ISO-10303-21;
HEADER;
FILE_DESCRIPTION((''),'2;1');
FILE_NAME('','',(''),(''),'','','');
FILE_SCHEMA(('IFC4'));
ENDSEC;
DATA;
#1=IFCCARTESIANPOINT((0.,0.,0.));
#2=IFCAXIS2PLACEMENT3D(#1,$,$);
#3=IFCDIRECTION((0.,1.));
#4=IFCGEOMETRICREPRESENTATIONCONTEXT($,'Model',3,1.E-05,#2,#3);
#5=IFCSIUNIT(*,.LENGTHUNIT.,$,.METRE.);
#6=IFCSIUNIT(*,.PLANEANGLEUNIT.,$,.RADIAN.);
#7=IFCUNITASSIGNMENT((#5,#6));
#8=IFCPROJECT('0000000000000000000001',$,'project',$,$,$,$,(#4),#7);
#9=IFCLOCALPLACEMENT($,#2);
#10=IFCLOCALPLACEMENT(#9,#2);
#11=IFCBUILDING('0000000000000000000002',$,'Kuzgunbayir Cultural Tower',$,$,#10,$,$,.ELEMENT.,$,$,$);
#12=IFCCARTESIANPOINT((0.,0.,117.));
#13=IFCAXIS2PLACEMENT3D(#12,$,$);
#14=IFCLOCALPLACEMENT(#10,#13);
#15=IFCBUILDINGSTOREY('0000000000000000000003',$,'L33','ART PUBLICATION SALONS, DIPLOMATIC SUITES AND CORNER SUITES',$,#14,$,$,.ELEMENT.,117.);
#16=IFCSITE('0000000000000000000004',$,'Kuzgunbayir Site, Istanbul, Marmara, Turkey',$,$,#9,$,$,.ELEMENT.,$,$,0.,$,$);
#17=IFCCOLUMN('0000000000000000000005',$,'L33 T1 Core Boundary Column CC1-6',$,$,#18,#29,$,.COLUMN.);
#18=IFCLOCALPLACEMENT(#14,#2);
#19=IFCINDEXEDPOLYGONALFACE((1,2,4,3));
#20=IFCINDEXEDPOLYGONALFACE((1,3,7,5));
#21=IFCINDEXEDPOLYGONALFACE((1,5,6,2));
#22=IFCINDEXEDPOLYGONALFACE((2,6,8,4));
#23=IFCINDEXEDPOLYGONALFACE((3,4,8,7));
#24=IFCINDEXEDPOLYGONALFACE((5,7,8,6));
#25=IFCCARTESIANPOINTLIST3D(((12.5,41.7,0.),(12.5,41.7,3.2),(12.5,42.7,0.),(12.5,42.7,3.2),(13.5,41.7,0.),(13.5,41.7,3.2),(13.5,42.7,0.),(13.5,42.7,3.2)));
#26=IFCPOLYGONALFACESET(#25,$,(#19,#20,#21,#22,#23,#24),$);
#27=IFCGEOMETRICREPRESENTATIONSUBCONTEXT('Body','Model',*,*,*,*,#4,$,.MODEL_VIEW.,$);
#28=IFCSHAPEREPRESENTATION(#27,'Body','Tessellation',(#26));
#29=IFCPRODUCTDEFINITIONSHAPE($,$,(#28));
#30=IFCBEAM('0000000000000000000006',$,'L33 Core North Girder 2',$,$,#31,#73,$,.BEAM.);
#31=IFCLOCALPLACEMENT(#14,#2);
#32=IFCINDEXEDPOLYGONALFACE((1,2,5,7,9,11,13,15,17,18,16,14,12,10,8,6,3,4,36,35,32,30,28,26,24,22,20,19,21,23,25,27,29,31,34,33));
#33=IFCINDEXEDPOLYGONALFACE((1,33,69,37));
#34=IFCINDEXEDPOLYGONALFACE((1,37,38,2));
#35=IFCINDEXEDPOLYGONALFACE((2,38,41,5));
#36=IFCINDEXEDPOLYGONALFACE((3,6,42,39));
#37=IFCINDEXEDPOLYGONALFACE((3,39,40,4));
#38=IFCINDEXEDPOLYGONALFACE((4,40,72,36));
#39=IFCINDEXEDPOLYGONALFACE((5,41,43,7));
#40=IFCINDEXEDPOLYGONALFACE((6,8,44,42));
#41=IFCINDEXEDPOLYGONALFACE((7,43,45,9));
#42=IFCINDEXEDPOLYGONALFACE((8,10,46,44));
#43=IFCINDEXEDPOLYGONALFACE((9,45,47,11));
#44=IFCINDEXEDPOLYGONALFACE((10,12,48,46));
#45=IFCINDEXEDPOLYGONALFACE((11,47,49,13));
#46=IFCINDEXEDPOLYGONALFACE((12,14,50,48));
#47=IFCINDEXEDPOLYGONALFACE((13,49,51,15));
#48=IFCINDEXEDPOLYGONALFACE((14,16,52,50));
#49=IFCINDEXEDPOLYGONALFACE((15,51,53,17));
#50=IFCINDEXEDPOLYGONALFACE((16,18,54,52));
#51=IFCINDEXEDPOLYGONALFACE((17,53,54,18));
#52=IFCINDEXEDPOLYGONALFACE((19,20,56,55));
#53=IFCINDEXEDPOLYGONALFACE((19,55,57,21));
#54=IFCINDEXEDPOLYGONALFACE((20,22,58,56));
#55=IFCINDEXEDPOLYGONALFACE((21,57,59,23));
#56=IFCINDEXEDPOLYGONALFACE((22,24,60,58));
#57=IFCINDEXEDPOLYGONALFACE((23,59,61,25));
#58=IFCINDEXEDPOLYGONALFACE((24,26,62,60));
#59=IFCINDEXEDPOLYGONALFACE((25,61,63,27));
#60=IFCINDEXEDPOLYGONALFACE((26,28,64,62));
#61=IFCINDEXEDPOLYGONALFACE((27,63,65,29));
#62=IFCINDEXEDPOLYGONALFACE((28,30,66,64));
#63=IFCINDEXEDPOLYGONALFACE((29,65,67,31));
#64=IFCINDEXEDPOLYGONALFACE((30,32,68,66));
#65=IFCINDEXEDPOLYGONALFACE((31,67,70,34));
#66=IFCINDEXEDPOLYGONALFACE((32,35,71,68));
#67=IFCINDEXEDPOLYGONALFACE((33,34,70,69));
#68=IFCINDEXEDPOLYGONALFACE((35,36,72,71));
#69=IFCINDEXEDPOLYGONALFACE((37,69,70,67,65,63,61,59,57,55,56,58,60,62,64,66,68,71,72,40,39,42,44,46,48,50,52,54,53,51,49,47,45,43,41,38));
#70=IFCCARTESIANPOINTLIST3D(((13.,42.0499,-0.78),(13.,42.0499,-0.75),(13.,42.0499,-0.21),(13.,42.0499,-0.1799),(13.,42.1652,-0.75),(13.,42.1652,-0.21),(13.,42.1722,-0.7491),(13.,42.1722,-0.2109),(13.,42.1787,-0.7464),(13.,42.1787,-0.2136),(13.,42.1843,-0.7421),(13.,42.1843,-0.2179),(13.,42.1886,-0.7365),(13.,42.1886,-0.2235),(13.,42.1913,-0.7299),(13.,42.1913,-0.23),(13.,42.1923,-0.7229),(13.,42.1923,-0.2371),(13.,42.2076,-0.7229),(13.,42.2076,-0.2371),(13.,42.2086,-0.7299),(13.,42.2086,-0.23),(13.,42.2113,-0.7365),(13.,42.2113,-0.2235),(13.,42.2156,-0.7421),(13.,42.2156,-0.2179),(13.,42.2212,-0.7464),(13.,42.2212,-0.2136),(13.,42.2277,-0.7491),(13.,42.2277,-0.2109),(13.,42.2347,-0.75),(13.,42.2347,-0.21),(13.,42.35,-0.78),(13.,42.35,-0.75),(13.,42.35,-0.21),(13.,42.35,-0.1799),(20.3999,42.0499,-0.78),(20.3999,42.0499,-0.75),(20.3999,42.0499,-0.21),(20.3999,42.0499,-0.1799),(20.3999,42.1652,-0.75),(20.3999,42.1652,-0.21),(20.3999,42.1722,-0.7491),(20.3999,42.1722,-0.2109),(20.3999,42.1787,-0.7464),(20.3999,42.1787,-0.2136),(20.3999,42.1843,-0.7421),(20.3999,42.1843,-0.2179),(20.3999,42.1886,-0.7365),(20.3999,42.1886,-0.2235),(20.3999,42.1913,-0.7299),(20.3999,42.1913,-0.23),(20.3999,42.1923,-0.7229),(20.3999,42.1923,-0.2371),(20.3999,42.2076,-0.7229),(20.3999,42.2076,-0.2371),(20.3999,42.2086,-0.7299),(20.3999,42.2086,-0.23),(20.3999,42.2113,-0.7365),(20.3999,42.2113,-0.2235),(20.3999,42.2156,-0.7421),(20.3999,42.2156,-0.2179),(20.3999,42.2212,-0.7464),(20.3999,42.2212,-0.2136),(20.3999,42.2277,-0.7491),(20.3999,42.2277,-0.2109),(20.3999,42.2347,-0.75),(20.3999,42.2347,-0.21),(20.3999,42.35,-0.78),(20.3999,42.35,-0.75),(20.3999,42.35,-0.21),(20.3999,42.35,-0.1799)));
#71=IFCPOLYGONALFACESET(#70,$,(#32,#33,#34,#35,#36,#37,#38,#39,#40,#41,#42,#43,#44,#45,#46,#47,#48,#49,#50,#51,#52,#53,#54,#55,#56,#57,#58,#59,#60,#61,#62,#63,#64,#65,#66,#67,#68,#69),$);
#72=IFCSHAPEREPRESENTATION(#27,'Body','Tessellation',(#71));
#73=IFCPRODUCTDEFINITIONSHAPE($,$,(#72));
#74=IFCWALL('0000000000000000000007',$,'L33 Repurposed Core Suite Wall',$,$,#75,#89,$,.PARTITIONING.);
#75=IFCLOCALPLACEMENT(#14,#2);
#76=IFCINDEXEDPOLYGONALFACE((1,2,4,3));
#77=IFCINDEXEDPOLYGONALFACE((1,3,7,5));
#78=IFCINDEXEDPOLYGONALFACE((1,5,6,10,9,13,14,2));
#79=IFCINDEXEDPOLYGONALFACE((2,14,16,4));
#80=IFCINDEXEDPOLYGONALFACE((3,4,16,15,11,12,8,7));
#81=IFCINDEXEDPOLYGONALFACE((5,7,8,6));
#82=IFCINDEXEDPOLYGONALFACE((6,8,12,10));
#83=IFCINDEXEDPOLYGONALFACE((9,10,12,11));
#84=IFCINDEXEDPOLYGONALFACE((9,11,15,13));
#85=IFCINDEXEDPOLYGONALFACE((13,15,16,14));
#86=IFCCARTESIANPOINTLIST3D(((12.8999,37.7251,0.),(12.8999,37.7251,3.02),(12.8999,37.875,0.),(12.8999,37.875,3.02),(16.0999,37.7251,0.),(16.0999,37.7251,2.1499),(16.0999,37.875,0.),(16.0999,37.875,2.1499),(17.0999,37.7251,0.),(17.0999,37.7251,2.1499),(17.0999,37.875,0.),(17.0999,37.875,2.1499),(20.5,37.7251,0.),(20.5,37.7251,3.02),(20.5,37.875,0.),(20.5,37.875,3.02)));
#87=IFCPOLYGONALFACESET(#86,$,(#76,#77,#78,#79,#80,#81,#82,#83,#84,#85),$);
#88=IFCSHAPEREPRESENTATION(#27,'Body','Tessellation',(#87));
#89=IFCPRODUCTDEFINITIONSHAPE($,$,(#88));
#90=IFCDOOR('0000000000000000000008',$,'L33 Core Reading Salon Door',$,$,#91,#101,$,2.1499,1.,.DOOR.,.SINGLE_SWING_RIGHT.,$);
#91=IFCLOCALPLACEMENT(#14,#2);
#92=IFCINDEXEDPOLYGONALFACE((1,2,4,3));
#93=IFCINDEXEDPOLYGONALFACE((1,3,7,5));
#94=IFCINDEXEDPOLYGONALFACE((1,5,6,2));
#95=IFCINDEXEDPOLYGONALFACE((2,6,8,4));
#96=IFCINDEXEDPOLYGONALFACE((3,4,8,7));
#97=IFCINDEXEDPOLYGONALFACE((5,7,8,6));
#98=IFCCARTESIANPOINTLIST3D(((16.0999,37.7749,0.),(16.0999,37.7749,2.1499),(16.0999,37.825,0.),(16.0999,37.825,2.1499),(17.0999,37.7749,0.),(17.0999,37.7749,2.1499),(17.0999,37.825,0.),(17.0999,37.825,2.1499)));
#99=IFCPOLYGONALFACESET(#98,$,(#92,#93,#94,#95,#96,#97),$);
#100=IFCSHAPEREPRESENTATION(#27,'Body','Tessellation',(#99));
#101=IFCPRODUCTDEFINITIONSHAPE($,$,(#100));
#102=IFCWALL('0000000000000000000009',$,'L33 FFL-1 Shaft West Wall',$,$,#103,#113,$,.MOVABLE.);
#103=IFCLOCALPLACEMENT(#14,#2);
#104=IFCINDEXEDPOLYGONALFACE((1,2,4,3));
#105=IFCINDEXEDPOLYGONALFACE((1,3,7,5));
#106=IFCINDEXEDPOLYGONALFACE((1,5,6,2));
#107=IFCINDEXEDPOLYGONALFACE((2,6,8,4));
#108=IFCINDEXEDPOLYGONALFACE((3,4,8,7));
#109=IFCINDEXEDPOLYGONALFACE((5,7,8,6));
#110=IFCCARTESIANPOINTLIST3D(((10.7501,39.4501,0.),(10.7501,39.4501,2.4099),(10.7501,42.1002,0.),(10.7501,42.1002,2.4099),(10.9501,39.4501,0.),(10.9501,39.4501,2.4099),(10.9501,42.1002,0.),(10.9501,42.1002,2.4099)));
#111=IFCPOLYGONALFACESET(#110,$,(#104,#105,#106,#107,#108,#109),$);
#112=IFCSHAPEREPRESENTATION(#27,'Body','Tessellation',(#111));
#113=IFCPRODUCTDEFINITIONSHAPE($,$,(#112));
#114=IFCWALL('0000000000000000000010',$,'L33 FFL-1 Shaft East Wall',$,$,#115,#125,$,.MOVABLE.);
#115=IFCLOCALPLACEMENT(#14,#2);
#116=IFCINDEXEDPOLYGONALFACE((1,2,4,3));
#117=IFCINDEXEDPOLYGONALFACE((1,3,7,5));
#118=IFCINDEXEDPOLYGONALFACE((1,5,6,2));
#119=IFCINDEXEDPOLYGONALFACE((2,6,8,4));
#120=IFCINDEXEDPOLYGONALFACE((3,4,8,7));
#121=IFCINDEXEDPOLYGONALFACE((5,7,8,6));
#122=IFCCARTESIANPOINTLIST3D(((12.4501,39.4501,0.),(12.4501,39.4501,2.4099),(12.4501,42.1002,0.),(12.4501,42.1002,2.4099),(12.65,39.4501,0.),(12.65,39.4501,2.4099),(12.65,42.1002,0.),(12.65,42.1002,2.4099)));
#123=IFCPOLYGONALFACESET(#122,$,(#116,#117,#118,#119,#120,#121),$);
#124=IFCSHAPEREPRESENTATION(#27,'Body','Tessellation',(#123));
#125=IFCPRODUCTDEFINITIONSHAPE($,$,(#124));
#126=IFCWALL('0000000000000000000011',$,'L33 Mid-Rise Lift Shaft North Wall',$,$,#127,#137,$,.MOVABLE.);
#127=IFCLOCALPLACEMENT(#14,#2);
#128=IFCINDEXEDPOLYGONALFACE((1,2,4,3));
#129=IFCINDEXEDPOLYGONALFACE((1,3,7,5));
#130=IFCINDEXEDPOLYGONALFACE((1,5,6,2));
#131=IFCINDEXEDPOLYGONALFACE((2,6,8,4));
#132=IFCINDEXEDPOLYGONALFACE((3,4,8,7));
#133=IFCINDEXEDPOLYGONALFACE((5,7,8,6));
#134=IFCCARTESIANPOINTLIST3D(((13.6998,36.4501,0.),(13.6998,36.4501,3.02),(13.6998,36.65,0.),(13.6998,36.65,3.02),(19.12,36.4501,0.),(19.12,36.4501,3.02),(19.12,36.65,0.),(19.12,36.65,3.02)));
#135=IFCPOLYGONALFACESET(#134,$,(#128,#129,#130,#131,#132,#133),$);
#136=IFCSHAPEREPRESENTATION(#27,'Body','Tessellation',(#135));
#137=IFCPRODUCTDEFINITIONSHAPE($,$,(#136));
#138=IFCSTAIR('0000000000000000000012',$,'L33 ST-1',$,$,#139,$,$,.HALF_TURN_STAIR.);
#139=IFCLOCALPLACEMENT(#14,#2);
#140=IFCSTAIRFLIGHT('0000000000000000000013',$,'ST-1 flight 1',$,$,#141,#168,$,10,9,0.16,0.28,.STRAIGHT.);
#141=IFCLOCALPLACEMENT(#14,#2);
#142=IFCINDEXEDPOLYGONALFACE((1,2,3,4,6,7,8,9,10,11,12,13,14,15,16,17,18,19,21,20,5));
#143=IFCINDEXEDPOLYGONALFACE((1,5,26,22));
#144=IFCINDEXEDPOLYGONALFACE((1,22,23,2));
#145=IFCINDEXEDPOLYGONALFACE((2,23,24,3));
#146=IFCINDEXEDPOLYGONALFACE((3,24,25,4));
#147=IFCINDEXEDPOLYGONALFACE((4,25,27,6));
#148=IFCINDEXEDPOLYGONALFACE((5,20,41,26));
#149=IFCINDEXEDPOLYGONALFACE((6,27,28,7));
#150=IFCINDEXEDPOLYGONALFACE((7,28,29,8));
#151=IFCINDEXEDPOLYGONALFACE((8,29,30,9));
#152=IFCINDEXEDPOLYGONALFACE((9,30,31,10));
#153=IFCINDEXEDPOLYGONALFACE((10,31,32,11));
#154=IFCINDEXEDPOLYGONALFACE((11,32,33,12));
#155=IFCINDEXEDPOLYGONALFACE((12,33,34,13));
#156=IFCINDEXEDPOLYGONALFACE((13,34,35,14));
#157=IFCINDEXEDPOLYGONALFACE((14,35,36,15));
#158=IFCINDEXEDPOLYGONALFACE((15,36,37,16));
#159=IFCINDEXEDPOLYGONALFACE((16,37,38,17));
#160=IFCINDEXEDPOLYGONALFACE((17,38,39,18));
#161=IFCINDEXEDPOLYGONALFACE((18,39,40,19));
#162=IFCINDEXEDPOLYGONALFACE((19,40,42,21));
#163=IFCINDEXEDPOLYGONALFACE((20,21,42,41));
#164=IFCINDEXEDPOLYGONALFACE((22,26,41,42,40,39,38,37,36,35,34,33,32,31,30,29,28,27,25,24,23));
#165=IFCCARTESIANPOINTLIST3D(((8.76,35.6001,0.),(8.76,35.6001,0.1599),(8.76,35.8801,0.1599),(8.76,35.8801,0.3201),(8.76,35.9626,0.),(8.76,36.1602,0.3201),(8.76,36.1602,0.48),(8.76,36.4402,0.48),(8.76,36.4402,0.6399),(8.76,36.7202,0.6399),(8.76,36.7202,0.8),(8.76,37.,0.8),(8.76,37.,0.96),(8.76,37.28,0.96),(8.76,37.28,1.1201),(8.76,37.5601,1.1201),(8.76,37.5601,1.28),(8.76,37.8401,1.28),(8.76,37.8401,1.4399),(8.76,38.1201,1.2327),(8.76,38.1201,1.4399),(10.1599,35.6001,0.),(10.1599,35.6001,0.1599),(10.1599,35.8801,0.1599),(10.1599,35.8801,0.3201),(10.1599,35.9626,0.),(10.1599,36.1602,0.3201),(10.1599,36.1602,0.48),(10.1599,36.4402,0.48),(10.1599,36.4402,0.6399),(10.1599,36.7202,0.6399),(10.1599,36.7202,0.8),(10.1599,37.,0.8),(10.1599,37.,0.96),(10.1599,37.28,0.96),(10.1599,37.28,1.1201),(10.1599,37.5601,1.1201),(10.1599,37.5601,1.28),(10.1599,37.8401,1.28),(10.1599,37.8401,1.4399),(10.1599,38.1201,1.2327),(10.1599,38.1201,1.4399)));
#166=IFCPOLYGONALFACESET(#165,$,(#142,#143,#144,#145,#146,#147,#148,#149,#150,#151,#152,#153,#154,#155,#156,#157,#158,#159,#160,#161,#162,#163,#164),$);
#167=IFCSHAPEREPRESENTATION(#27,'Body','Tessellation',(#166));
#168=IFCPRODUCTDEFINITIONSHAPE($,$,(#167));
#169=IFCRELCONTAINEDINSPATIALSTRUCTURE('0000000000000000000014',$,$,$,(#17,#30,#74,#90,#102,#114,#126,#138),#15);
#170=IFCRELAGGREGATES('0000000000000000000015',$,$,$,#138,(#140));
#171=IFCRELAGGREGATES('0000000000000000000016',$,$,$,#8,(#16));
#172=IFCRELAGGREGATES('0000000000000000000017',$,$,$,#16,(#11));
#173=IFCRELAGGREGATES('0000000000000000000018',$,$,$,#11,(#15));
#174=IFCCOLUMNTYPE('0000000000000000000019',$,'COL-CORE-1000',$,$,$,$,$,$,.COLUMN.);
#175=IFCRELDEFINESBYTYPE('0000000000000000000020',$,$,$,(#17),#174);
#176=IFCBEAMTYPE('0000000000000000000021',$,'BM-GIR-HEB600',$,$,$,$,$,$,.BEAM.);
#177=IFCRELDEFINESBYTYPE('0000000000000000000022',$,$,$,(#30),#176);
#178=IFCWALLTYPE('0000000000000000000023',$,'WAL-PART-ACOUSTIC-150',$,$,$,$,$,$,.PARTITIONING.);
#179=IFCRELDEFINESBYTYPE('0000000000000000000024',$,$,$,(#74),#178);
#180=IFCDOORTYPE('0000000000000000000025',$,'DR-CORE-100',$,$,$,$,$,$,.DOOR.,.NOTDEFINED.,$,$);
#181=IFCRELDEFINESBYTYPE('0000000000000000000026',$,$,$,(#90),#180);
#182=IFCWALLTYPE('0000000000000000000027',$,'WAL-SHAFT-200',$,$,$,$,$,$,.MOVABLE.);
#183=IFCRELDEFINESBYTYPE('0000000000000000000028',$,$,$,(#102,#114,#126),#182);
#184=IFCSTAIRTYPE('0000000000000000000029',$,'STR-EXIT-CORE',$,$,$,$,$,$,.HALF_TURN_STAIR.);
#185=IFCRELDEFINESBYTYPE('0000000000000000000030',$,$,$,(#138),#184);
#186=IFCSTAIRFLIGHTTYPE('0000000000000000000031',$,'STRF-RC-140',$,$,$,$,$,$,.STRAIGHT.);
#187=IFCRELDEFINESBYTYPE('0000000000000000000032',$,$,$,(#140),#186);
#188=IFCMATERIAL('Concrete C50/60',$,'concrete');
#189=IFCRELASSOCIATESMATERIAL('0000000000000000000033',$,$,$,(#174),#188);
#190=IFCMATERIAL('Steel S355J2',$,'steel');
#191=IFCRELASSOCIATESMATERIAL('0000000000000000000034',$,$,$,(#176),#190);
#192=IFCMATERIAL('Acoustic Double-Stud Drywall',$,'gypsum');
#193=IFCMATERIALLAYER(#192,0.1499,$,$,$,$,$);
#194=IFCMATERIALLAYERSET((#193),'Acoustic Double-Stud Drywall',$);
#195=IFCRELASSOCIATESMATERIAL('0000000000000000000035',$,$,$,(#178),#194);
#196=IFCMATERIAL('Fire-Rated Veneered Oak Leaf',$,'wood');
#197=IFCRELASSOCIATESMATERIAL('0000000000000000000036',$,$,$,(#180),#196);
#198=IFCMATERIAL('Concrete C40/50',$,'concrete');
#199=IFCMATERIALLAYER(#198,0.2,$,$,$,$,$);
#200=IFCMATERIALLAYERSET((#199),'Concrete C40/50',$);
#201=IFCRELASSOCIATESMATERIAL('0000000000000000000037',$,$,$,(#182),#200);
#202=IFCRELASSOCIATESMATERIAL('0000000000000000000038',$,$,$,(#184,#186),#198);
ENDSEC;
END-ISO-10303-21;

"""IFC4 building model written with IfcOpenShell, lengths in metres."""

from ifc_helpers import new_model, si_unit, direction, frame, frame_2d, origin, origin_2d, place, context, subcontext, project, spatial, polyline, rectangle, i_section, outline, extrude, material, layer, layer_set, material_profile, profile_set, type_object, element, fill, aggregate, save


model = new_model("IFC4")

# Units and contexts
model_context = context("Model", 3, precision=1e-05, world=origin(), true_north=direction((0.0, 1.0)))
body_context = subcontext(model_context, "Body", "Model", "MODEL_VIEW")
ifc_project = project(units=[si_unit("LENGTHUNIT", "METRE"), si_unit("PLANEANGLEUNIT", "RADIAN")], contexts=[model_context])

# Site, building, storey
site_placement = place(None, origin())
site = spatial("IfcSite", under=ifc_project, at=site_placement, Name="Kuzgunbayir Site, Istanbul, Marmara, Turkey", CompositionType="ELEMENT", RefElevation=0.0)
building_placement = place(site_placement, origin())
building = spatial("IfcBuilding", under=site, at=building_placement, Name="Kuzgunbayir Cultural Tower", CompositionType="ELEMENT")
storey_placement = place(building_placement, frame((0.0, 0.0, 117.0)))
storey = spatial("IfcBuildingStorey", under=building, at=storey_placement, Name="L33", Description="ART PUBLICATION SALONS, DIPLOMATIC SUITES AND CORNER SUITES", CompositionType="ELEMENT", Elevation=117.0)

# Column
ifc_material_1 = material(Name="Concrete C50/60", Category="concrete")
ifc_material_profile_1 = material_profile(ifc_material_1, rectangle(XDim=1.0, YDim=1.0, at=origin_2d()), Name="RC 1000x1000")
ifc_profile_set_1 = profile_set([ifc_material_profile_1], Name="Concrete C50/60")
column_type = type_object("IfcColumnType", Name="COL-CORE-1000", PredefinedType="COLUMN", material=ifc_profile_set_1)
column_placement = place(storey_placement, frame((13.0, 42.2, 0.0), z_axis=(0.0, 0.0, 1.0), x_axis=(1.0, 0.0, 0.0)))
element("IfcColumn", 1, at=column_placement, inside=storey, type_object=column_type, Name="L33 T1 Core Boundary Column CC1-6", PredefinedType="COLUMN", context=body_context, shape_type="SweptSolid", body=[
    extrude(rectangle(XDim=1.0, YDim=1.0, at=origin_2d()), origin(), (0.0, 0.0, 1.0), 3.2),
])

# Beam
ifc_material_2 = material(Name="Steel S355J2", Category="steel")
ifc_material_profile_2 = material_profile(ifc_material_2, i_section(OverallWidth=0.3, OverallDepth=0.6001, WebThickness=0.0154, FlangeThickness=0.03, FilletRadius=0.0271, at=origin_2d()), Name="HEB 600")
ifc_profile_set_2 = profile_set([ifc_material_profile_2], Name="Steel S355J2")
beam_type = type_object("IfcBeamType", Name="BM-GIR-HEB600", PredefinedType="BEAM", material=ifc_profile_set_2)
beam_placement = place(storey_placement, frame((13.0, 42.2, -0.48), z_axis=(1.0, 0.0, 0.0), x_axis=(0.0, 1.0, 0.0)))
element("IfcBeam", 2, at=beam_placement, inside=storey, type_object=beam_type, Name="L33 Core North Girder 2", PredefinedType="BEAM", context=body_context, shape_type="SweptSolid", body=[
    extrude(i_section(OverallWidth=0.3, OverallDepth=0.6001, WebThickness=0.0154, FlangeThickness=0.03, FilletRadius=0.0271, at=origin_2d()), origin(), (0.0, 0.0, 1.0), 7.3999),
])

# Wall, opening, door
ifc_material_3 = material(Name="Acoustic Double-Stud Drywall", Category="gypsum")
ifc_layer_1 = layer(ifc_material_3, 0.1499)
ifc_layer_set_1 = layer_set([ifc_layer_1], Name="Acoustic Double-Stud Drywall")
wall_type_1 = type_object("IfcWallType", Name="WAL-PART-ACOUSTIC-150", PredefinedType="PARTITIONING", material=ifc_layer_set_1)
wall_1_placement = place(storey_placement, frame((12.8999, 37.8, 0.0), z_axis=(0.0, 0.0, 1.0), x_axis=(1.0, 0.0, 0.0)))
wall_1 = element("IfcWall", 3, at=wall_1_placement, inside=storey, type_object=wall_type_1, Name="L33 Repurposed Core Suite Wall", PredefinedType="PARTITIONING", context=body_context, shape_type="SweptSolid", body=[
    extrude(rectangle(XDim=7.6001, YDim=0.1499, at=frame_2d((3.8, 0.0))), origin(), (0.0, 0.0, 1.0), 3.02),
])
opening_1_placement = place(wall_1_placement, frame((3.2, 0.0, 0.0)))
opening_1 = element("IfcOpeningElement", 4, at=opening_1_placement, cuts=wall_1, PredefinedType="OPENING", context=body_context, shape_type="SweptSolid", body=[
    extrude(rectangle(XDim=1.0, YDim=2.1499, at=frame_2d((0.5, 1.075))), frame((0.0, 0.085, 0.0), z_axis=(0.0, -1.0, 0.0), x_axis=(1.0, 0.0, 0.0)), (0.0, 0.0, 1.0), 0.1699),
])
ifc_material_4 = material(Name="Fire-Rated Veneered Oak Leaf", Category="wood")
door_type_1 = type_object("IfcDoorType", Name="DR-CORE-100", OperationType="NOTDEFINED", PredefinedType="DOOR", material=ifc_material_4)
door_1_placement = place(opening_1_placement, origin())
door_1 = element("IfcDoor", 5, at=door_1_placement, inside=storey, type_object=door_type_1, Name="L33 Core Reading Salon Door", OperationType="SINGLE_SWING_RIGHT", OverallHeight=2.1499, OverallWidth=1.0, PredefinedType="DOOR", context=body_context, shape_type="SweptSolid", body=[
    extrude(rectangle(XDim=1.0, YDim=2.1499, at=frame_2d((0.5, 1.075))), frame((0.0, 0.0249, 0.0), z_axis=(0.0, -1.0, 0.0), x_axis=(1.0, 0.0, 0.0)), (0.0, 0.0, 1.0), 0.05),
])
fill(opening_1, door_1)
ifc_material_5 = material(Name="Concrete C40/50", Category="concrete")
ifc_layer_2 = layer(ifc_material_5, 0.2)
ifc_layer_set_2 = layer_set([ifc_layer_2], Name="Concrete C40/50")
wall_type_2 = type_object("IfcWallType", Name="WAL-SHAFT-200", PredefinedType="MOVABLE", material=ifc_layer_set_2)

# Walls
for number, where, z_axis, x_axis, name in (
    (6, (10.8501, 39.45, 0.0), (0.0, 0.0, 1.0), (0.0, 1.0, 0.0), "L33 FFL-1 Shaft West Wall"),
    (7, (12.55, 39.45, 0.0), (0.0, 0.0, 1.0), (0.0, 1.0, 0.0), "L33 FFL-1 Shaft East Wall"),
):
    element("IfcWall", number, at=place(storey_placement, frame(where, z_axis=z_axis, x_axis=x_axis)), inside=storey, type_object=wall_type_2, Name=name, PredefinedType="MOVABLE", context=body_context, shape_type="SweptSolid", body=[
        extrude(rectangle(XDim=2.6501, YDim=0.2, at=frame_2d((1.3252, 0.0))), origin(), (0.0, 0.0, 1.0), 2.4099),
    ])
wall_2_placement = place(storey_placement, frame((13.7, 36.55, 0.0), z_axis=(0.0, 0.0, 1.0), x_axis=(1.0, 0.0, 0.0)))
element("IfcWall", 8, at=wall_2_placement, inside=storey, type_object=wall_type_2, Name="L33 Mid-Rise Lift Shaft North Wall", PredefinedType="MOVABLE", context=body_context, shape_type="SweptSolid", body=[
    extrude(rectangle(XDim=5.4202, YDim=0.2, at=frame_2d((2.71, 0.0))), origin(), (0.0, 0.0, 1.0), 3.02),
])

# Stair, stair flight
stair_type = type_object("IfcStairType", Name="STR-EXIT-CORE", PredefinedType="HALF_TURN_STAIR", material=ifc_material_5)
stair_placement = place(storey_placement, origin())
stair = element("IfcStair", 9, at=stair_placement, inside=storey, type_object=stair_type, Name="L33 ST-1", PredefinedType="HALF_TURN_STAIR")
stair_flight_type = type_object("IfcStairFlightType", Name="STRF-RC-140", PredefinedType="STRAIGHT", material=ifc_material_5)
stair_flight_placement = place(storey_placement, frame((9.46, 35.6001, 0.0), z_axis=(0.0, 0.0, 1.0), x_axis=(0.0, 1.0, 0.0)))
stair_flight = element("IfcStairFlight", 10, at=stair_flight_placement, type_object=stair_flight_type, Name="ST-1 flight 1", NumberOfRisers=10, NumberOfTreads=9, PredefinedType="STRAIGHT", RiserHeight=0.16, TreadLength=0.28, context=body_context, shape_type="SweptSolid", body=[
    extrude(outline(polyline([(0.0, 0.0), (0.0, 0.1599), (0.28, 0.1599), (0.28, 0.3201), (0.5601, 0.3201), (0.5601, 0.48), (0.8401, 0.48), (0.8401, 0.6399), (1.1201, 0.6399), (1.1201, 0.8), (1.3999, 0.8), (1.3999, 0.96), (1.6799, 0.96), (1.6799, 1.1201), (1.96, 1.1201), (1.96, 1.28), (2.24, 1.28), (2.24, 1.4399), (2.52, 1.4399), (2.52, 1.6001), (2.52, 1.2327), (0.3625, 0.0), (0.0, 0.0)])), frame((0.0, 0.7, 0.0), z_axis=(0.0, -1.0, 0.0), x_axis=(1.0, 0.0, 0.0)), (0.0, 0.0, 1.0), 1.3999),
])
aggregate(stair, [stair_flight])

save(model, "model.ifc")
